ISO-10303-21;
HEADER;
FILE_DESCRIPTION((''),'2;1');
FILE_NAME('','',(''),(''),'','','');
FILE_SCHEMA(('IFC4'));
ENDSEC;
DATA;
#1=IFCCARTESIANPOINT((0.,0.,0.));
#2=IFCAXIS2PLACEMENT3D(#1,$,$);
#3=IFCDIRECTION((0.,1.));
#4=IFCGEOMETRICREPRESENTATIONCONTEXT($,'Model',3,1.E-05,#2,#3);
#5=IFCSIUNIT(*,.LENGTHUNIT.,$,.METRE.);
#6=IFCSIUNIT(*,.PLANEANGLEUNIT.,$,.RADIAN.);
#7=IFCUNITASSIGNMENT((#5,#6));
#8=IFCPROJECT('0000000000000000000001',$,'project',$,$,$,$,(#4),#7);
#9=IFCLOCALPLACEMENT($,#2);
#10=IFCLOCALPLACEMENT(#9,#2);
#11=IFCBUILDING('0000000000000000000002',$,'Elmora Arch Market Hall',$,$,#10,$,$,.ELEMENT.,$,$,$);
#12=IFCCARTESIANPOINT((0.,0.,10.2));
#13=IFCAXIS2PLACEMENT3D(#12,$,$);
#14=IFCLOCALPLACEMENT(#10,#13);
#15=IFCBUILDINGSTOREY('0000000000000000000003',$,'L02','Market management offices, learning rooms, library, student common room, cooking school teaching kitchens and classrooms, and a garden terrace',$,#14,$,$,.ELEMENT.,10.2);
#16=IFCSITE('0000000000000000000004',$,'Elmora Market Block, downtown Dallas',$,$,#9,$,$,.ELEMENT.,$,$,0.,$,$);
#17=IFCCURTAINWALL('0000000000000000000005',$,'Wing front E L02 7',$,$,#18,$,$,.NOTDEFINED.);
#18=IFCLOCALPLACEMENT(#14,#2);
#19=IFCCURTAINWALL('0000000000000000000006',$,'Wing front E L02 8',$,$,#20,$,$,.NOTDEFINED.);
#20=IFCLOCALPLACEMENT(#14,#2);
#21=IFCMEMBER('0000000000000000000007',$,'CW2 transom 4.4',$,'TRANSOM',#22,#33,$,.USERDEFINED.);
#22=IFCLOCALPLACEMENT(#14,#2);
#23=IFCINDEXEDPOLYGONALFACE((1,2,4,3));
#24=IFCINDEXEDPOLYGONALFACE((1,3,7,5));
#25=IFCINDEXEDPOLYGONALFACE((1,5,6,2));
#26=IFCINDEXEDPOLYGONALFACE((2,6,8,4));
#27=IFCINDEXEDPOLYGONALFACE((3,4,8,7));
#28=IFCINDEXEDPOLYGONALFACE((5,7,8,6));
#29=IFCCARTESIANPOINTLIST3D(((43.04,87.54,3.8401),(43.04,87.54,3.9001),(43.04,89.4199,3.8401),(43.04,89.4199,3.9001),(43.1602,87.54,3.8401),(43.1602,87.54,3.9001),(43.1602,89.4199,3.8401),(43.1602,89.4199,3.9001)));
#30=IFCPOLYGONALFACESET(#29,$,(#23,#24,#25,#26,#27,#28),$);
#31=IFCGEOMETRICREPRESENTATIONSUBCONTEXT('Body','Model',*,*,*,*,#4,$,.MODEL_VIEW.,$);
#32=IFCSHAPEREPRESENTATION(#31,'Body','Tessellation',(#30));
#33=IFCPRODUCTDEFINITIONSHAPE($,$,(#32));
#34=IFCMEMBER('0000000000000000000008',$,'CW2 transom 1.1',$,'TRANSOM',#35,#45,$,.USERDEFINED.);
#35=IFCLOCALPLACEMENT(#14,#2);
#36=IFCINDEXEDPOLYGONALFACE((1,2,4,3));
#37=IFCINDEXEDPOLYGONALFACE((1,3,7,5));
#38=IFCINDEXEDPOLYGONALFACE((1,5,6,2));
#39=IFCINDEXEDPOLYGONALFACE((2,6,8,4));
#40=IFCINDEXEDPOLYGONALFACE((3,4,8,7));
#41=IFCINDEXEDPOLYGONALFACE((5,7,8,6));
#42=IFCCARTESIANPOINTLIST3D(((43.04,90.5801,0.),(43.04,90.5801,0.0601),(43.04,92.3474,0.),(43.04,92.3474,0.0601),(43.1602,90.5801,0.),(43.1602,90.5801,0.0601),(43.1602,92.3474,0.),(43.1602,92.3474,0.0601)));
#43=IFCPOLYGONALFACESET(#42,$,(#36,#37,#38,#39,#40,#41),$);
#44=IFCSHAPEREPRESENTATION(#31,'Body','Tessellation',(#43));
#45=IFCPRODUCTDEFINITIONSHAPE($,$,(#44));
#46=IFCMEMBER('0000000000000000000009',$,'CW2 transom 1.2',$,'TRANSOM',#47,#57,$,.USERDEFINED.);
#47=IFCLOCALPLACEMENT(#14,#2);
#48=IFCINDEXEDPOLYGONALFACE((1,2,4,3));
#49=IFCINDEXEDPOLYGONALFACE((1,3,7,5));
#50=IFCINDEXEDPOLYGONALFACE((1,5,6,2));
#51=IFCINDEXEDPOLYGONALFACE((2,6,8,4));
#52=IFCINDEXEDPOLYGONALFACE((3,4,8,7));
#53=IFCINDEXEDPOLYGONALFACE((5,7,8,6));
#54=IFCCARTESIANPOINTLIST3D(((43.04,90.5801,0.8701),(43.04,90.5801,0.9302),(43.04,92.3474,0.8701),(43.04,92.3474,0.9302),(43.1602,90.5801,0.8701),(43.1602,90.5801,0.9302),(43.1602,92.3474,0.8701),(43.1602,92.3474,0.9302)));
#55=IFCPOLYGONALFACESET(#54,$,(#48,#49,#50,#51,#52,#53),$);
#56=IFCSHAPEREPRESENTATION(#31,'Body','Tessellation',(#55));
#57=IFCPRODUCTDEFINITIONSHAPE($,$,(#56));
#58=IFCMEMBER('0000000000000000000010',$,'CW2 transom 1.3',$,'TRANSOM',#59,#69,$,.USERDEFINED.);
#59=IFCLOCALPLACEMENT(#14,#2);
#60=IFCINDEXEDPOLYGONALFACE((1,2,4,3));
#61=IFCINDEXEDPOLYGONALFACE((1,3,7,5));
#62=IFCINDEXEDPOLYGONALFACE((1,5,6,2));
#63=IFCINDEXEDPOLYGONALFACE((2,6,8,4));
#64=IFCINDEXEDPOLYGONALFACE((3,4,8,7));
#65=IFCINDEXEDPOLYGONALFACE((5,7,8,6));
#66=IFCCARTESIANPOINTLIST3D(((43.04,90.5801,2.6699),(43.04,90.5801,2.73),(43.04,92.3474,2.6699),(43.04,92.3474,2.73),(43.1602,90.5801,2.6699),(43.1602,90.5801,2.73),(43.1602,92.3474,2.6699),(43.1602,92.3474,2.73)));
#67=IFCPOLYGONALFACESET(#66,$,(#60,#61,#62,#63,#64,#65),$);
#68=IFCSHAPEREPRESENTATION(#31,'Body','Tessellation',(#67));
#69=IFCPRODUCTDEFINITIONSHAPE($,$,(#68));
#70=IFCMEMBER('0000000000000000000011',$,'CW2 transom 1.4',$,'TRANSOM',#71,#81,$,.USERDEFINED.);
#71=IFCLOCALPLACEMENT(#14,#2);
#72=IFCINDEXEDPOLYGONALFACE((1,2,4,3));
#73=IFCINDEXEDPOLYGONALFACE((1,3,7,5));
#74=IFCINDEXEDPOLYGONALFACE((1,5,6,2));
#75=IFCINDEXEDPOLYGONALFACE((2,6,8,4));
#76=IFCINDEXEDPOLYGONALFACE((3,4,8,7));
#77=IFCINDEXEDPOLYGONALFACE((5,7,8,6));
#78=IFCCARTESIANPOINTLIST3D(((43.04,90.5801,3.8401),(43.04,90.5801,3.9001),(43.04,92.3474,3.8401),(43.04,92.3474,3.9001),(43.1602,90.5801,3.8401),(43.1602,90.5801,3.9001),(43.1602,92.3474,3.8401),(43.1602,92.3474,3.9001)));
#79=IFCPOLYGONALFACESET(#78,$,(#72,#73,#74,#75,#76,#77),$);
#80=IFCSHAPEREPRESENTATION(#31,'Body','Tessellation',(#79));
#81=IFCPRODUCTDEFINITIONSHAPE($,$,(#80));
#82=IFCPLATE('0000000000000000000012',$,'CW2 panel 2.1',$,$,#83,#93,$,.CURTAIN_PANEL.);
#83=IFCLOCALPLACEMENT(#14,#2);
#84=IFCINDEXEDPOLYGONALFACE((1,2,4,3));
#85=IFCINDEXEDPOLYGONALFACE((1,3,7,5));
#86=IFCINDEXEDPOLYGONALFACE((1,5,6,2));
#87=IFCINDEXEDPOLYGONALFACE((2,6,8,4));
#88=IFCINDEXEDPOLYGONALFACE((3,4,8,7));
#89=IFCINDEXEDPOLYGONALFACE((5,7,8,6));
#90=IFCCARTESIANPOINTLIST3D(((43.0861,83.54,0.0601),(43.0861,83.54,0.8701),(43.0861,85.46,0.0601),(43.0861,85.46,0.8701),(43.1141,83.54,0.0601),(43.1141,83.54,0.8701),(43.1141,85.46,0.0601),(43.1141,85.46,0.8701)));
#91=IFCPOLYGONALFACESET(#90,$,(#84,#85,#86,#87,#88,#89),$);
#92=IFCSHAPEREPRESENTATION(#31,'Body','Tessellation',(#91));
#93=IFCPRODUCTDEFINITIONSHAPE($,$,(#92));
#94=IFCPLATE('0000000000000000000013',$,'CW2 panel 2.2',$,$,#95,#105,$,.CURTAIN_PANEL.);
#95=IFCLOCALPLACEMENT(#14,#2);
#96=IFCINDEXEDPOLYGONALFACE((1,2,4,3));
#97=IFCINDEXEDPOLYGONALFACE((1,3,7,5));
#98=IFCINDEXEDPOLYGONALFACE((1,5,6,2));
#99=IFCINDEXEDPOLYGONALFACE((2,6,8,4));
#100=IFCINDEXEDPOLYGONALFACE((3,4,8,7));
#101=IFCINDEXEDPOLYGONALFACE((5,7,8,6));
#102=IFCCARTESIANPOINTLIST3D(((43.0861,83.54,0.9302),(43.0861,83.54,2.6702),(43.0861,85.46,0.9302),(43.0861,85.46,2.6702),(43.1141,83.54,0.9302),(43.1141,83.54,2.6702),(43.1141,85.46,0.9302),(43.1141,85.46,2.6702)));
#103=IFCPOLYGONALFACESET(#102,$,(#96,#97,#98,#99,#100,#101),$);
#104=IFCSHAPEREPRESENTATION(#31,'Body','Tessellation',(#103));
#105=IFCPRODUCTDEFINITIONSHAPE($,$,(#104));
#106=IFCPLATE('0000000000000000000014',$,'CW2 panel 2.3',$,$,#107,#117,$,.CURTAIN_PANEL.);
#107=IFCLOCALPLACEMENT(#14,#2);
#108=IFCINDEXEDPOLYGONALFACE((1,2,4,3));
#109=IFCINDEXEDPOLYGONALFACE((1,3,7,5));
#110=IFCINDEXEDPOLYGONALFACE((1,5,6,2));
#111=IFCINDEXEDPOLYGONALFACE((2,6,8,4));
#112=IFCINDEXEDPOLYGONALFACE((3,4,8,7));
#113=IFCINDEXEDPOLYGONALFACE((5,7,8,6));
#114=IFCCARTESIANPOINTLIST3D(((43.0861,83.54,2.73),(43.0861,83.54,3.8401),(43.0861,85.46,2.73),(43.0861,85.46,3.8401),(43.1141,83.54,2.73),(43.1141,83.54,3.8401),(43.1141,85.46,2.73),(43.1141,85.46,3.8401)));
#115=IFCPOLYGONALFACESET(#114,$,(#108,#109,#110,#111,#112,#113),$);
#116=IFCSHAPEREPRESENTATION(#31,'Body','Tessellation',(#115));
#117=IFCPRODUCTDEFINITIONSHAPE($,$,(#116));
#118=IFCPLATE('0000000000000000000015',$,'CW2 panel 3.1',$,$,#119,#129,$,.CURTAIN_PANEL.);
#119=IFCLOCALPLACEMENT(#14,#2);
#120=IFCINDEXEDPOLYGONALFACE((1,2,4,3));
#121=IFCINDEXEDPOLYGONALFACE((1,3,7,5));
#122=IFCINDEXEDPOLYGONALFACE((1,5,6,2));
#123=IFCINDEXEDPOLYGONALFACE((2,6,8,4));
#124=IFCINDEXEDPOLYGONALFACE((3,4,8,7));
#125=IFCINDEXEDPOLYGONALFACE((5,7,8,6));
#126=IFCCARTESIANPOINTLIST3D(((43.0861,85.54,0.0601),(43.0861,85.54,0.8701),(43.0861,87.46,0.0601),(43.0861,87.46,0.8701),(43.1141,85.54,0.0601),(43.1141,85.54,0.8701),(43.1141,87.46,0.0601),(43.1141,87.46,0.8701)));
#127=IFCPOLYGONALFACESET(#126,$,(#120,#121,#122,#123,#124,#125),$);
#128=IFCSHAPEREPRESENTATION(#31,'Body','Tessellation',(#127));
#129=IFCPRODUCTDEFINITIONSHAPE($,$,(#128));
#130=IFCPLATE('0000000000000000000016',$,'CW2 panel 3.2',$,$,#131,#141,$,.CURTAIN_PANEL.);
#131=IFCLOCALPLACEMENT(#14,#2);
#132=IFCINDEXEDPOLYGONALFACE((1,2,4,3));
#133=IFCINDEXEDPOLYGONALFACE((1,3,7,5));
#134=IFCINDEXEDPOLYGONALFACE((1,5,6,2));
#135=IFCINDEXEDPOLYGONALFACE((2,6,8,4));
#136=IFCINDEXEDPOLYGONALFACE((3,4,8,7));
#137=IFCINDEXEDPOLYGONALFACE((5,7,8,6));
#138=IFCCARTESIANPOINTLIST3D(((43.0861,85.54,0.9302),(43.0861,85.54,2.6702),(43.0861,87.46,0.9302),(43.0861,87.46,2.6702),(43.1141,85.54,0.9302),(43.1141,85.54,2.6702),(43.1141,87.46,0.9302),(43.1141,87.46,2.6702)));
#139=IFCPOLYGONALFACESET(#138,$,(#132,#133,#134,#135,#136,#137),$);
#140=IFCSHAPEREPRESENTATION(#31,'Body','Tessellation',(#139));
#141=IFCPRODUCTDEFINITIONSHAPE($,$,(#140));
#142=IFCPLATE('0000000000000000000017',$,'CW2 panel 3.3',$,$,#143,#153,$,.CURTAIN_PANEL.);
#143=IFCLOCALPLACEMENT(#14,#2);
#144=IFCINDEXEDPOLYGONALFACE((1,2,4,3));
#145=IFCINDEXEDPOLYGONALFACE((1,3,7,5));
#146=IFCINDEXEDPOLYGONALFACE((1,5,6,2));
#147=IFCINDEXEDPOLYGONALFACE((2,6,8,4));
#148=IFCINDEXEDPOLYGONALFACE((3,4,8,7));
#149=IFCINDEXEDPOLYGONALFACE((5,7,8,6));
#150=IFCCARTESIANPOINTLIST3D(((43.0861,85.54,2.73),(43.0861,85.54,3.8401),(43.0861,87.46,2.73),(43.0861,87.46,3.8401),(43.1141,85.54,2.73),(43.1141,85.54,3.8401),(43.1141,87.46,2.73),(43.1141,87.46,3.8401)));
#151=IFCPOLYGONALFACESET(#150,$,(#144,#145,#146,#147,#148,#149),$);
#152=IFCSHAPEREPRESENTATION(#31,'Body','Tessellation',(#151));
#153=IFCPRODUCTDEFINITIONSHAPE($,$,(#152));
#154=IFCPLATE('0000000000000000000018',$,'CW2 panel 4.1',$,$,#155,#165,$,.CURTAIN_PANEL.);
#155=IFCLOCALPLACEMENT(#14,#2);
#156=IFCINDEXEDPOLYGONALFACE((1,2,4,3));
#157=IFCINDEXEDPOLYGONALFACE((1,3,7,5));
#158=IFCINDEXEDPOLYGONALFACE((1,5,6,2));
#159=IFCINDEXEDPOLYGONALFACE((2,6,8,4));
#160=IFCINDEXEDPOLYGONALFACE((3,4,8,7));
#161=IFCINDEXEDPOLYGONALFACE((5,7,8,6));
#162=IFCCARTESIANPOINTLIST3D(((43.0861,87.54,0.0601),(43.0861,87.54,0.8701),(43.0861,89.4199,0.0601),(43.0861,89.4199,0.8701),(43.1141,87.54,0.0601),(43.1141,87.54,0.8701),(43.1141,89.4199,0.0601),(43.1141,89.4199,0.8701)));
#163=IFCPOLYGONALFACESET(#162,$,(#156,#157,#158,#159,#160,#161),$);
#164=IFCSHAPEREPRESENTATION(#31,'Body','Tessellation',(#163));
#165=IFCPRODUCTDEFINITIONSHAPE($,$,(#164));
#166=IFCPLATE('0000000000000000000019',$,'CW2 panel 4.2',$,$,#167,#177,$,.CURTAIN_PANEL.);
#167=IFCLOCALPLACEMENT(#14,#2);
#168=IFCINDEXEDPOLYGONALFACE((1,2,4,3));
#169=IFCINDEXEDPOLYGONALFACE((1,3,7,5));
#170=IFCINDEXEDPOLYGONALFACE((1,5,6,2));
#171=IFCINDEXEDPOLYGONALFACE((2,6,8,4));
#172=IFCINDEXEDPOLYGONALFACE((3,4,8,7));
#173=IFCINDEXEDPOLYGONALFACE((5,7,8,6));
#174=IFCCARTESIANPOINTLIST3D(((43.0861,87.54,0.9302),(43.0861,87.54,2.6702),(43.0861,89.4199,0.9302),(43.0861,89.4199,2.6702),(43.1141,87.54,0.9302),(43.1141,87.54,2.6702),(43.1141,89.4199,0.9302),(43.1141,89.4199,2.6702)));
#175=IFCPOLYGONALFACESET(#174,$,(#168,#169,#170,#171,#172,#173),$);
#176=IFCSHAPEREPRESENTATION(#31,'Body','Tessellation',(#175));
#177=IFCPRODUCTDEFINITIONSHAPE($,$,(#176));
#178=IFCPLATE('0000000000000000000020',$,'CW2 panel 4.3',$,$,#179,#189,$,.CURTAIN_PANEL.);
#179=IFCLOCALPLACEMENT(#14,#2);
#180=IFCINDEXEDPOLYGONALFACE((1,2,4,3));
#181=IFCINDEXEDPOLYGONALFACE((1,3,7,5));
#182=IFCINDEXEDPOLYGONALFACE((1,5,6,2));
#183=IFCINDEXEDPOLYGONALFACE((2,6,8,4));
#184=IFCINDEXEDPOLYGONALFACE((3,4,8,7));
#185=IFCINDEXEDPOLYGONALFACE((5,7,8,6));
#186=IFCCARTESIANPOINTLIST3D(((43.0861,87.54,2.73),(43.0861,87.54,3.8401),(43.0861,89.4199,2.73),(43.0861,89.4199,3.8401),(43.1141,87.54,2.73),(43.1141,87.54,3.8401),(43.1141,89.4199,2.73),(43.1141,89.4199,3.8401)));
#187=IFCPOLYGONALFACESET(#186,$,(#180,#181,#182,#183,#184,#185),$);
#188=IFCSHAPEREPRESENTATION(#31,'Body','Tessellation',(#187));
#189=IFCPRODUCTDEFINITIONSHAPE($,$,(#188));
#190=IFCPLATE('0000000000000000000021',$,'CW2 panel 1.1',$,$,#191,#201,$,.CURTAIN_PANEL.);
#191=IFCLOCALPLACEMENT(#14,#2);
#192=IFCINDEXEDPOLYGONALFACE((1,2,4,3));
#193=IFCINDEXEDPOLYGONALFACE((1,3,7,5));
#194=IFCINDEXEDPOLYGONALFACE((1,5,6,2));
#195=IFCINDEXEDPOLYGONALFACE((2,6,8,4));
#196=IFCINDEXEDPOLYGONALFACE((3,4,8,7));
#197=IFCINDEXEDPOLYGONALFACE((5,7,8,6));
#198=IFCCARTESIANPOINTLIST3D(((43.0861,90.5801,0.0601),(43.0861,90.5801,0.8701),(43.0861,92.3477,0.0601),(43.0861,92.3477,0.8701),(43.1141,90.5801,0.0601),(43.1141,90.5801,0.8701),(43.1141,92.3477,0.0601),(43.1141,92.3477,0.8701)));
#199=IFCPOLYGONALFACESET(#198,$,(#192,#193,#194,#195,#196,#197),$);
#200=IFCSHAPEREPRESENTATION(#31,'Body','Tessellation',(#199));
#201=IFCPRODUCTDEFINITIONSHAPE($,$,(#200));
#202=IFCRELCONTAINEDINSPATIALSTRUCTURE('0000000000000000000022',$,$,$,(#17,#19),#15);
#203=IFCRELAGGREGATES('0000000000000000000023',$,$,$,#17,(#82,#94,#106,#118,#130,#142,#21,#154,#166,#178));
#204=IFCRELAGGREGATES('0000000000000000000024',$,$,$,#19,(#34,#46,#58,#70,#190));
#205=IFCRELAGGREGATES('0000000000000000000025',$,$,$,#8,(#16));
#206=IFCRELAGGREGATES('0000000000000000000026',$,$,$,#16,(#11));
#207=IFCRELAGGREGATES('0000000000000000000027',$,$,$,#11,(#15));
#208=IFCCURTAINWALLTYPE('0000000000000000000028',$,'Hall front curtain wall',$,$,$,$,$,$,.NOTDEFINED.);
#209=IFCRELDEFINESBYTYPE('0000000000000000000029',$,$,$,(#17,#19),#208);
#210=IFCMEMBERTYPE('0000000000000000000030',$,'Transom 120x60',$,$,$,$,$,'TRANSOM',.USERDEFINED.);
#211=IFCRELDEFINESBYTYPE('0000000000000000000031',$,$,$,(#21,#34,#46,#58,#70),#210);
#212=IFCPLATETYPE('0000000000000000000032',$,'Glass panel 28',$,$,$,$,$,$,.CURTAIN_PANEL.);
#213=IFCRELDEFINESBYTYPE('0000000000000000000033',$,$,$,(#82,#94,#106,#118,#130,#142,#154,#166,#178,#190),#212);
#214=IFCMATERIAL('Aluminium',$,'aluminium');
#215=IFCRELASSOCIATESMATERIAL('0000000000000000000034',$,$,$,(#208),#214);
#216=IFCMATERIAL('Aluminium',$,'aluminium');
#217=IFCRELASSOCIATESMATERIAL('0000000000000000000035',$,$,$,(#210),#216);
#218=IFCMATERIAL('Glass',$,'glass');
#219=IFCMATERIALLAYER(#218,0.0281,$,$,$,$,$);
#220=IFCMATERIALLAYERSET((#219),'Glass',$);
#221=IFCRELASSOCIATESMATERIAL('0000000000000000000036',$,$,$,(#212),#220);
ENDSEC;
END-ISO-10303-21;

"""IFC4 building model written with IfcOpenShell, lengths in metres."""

from ifc_helpers import new_model, si_unit, direction, frame, origin, origin_2d, place, context, subcontext, project, spatial, rectangle, extrude, material, layer, layer_set, material_profile, profile_set, type_object, element, aggregate, save


model = new_model("IFC4")

# Units and contexts
model_context = context("Model", 3, precision=1e-05, world=origin(), true_north=direction((0.0, 1.0)))
body_context = subcontext(model_context, "Body", "Model", "MODEL_VIEW")
ifc_project = project(units=[si_unit("LENGTHUNIT", "METRE"), si_unit("PLANEANGLEUNIT", "RADIAN")], contexts=[model_context])

# Site, building, storey
site_placement = place(None, origin())
site = spatial("IfcSite", under=ifc_project, at=site_placement, Name="Elmora Market Block, downtown Dallas", CompositionType="ELEMENT", RefElevation=0.0)
building_placement = place(site_placement, origin())
building = spatial("IfcBuilding", under=site, at=building_placement, Name="Elmora Arch Market Hall", CompositionType="ELEMENT")
storey_placement = place(building_placement, frame((0.0, 0.0, 10.2)))
storey = spatial("IfcBuildingStorey", under=building, at=storey_placement, Name="L02", Description="Market management offices, learning rooms, library, student common room, cooking school teaching kitchens and classrooms, and a garden terrace", CompositionType="ELEMENT", Elevation=10.2)

# Curtain walls
ifc_material_1 = material(Name="Aluminium", Category="aluminium")
curtain_wall_type = type_object("IfcCurtainWallType", Name="Hall front curtain wall", PredefinedType="NOTDEFINED", material=ifc_material_1)
curtain_wall_1_placement = place(storey_placement, origin())
curtain_wall_1 = element("IfcCurtainWall", 1, at=curtain_wall_1_placement, inside=storey, type_object=curtain_wall_type, Name="Wing front E L02 7", PredefinedType="NOTDEFINED")
curtain_wall_2_placement = place(storey_placement, origin())
curtain_wall_2 = element("IfcCurtainWall", 2, at=curtain_wall_2_placement, inside=storey, type_object=curtain_wall_type, Name="Wing front E L02 8", PredefinedType="NOTDEFINED")

# Members
ifc_material_2 = material(Name="Aluminium", Category="aluminium")
ifc_material_profile_1 = material_profile(ifc_material_2, rectangle(XDim=0.1201, YDim=0.0601, at=origin_2d()), Name="AL 120x60")
ifc_profile_set_1 = profile_set([ifc_material_profile_1], Name="Aluminium")
member_type_1 = type_object("IfcMemberType", Name="Transom 120x60", ElementType="TRANSOM", PredefinedType="USERDEFINED", material=ifc_profile_set_1)
member_1_placement = place(storey_placement, frame((43.1001, 87.54, 3.8701), z_axis=(0.0, 1.0, 0.0), x_axis=(-1.0, 0.0, 0.0)))
member_1 = element("IfcMember", 3, at=member_1_placement, type_object=member_type_1, Name="CW2 transom 4.4", ObjectType="TRANSOM", PredefinedType="USERDEFINED", context=body_context, shape_type="SweptSolid", body=[
    extrude(rectangle(XDim=0.1201, YDim=0.0601, at=origin_2d()), origin(), (0.0, 0.0, 1.0), 1.8799),
])
member_2_placement = place(storey_placement, frame((43.1001, 90.5801, 0.03), z_axis=(0.0, 1.0, 0.0), x_axis=(-1.0, 0.0, 0.0)))
member_2 = element("IfcMember", 4, at=member_2_placement, type_object=member_type_1, Name="CW2 transom 1.1", ObjectType="TRANSOM", PredefinedType="USERDEFINED", context=body_context, shape_type="SweptSolid", body=[
    extrude(rectangle(XDim=0.1201, YDim=0.0601, at=origin_2d()), origin(), (0.0, 0.0, 1.0), 1.7673),
])
member_3_placement = place(storey_placement, frame((43.1001, 90.5801, 0.9001), z_axis=(0.0, 1.0, 0.0), x_axis=(-1.0, 0.0, 0.0)))
member_3 = element("IfcMember", 5, at=member_3_placement, type_object=member_type_1, Name="CW2 transom 1.2", ObjectType="TRANSOM", PredefinedType="USERDEFINED", context=body_context, shape_type="SweptSolid", body=[
    extrude(rectangle(XDim=0.1201, YDim=0.0601, at=origin_2d()), origin(), (0.0, 0.0, 1.0), 1.7673),
])
member_4_placement = place(storey_placement, frame((43.1001, 90.5801, 2.7), z_axis=(0.0, 1.0, 0.0), x_axis=(-1.0, 0.0, 0.0)))
member_4 = element("IfcMember", 6, at=member_4_placement, type_object=member_type_1, Name="CW2 transom 1.3", ObjectType="TRANSOM", PredefinedType="USERDEFINED", context=body_context, shape_type="SweptSolid", body=[
    extrude(rectangle(XDim=0.1201, YDim=0.0601, at=origin_2d()), origin(), (0.0, 0.0, 1.0), 1.7673),
])
member_5_placement = place(storey_placement, frame((43.1001, 90.5801, 3.8701), z_axis=(0.0, 1.0, 0.0), x_axis=(-1.0, 0.0, 0.0)))
member_5 = element("IfcMember", 7, at=member_5_placement, type_object=member_type_1, Name="CW2 transom 1.4", ObjectType="TRANSOM", PredefinedType="USERDEFINED", context=body_context, shape_type="SweptSolid", body=[
    extrude(rectangle(XDim=0.1201, YDim=0.0601, at=origin_2d()), origin(), (0.0, 0.0, 1.0), 1.7673),
])

# Plates
ifc_material_3 = material(Name="Glass", Category="glass")
ifc_layer = layer(ifc_material_3, 0.0281)
ifc_layer_set = layer_set([ifc_layer], Name="Glass")
plate_type = type_object("IfcPlateType", Name="Glass panel 28", PredefinedType="CURTAIN_PANEL", material=ifc_layer_set)
plate_1_placement = place(storey_placement, frame((43.1001, 84.5, 0.0601), z_axis=(0.0, 0.0, 1.0), x_axis=(0.0, 1.0, 0.0)))
plate_1 = element("IfcPlate", 8, at=plate_1_placement, type_object=plate_type, Name="CW2 panel 2.1", PredefinedType="CURTAIN_PANEL", context=body_context, shape_type="SweptSolid", body=[
    extrude(rectangle(XDim=1.9199, YDim=0.0281, at=origin_2d()), origin(), (0.0, 0.0, 1.0), 0.8101),
])
plate_2_placement = place(storey_placement, frame((43.1001, 84.5, 0.9302), z_axis=(0.0, 0.0, 1.0), x_axis=(0.0, 1.0, 0.0)))
plate_2 = element("IfcPlate", 9, at=plate_2_placement, type_object=plate_type, Name="CW2 panel 2.2", PredefinedType="CURTAIN_PANEL", context=body_context, shape_type="SweptSolid", body=[
    extrude(rectangle(XDim=1.9199, YDim=0.0281, at=origin_2d()), origin(), (0.0, 0.0, 1.0), 1.74),
])
plate_3_placement = place(storey_placement, frame((43.1001, 84.5, 2.73), z_axis=(0.0, 0.0, 1.0), x_axis=(0.0, 1.0, 0.0)))
plate_3 = element("IfcPlate", 10, at=plate_3_placement, type_object=plate_type, Name="CW2 panel 2.3", PredefinedType="CURTAIN_PANEL", context=body_context, shape_type="SweptSolid", body=[
    extrude(rectangle(XDim=1.9199, YDim=0.0281, at=origin_2d()), origin(), (0.0, 0.0, 1.0), 1.1101),
])
plate_4_placement = place(storey_placement, frame((43.1001, 86.5, 0.0601), z_axis=(0.0, 0.0, 1.0), x_axis=(0.0, 1.0, 0.0)))
plate_4 = element("IfcPlate", 11, at=plate_4_placement, type_object=plate_type, Name="CW2 panel 3.1", PredefinedType="CURTAIN_PANEL", context=body_context, shape_type="SweptSolid", body=[
    extrude(rectangle(XDim=1.9199, YDim=0.0281, at=origin_2d()), origin(), (0.0, 0.0, 1.0), 0.8101),
])
plate_5_placement = place(storey_placement, frame((43.1001, 86.5, 0.9302), z_axis=(0.0, 0.0, 1.0), x_axis=(0.0, 1.0, 0.0)))
plate_5 = element("IfcPlate", 12, at=plate_5_placement, type_object=plate_type, Name="CW2 panel 3.2", PredefinedType="CURTAIN_PANEL", context=body_context, shape_type="SweptSolid", body=[
    extrude(rectangle(XDim=1.9199, YDim=0.0281, at=origin_2d()), origin(), (0.0, 0.0, 1.0), 1.74),
])
plate_6_placement = place(storey_placement, frame((43.1001, 86.5, 2.73), z_axis=(0.0, 0.0, 1.0), x_axis=(0.0, 1.0, 0.0)))
plate_6 = element("IfcPlate", 13, at=plate_6_placement, type_object=plate_type, Name="CW2 panel 3.3", PredefinedType="CURTAIN_PANEL", context=body_context, shape_type="SweptSolid", body=[
    extrude(rectangle(XDim=1.9199, YDim=0.0281, at=origin_2d()), origin(), (0.0, 0.0, 1.0), 1.1101),
])
plate_7_placement = place(storey_placement, frame((43.1001, 88.48, 0.0601), z_axis=(0.0, 0.0, 1.0), x_axis=(0.0, 1.0, 0.0)))
plate_7 = element("IfcPlate", 14, at=plate_7_placement, type_object=plate_type, Name="CW2 panel 4.1", PredefinedType="CURTAIN_PANEL", context=body_context, shape_type="SweptSolid", body=[
    extrude(rectangle(XDim=1.8799, YDim=0.0281, at=origin_2d()), origin(), (0.0, 0.0, 1.0), 0.8101),
])
plate_8_placement = place(storey_placement, frame((43.1001, 88.48, 0.9302), z_axis=(0.0, 0.0, 1.0), x_axis=(0.0, 1.0, 0.0)))
plate_8 = element("IfcPlate", 15, at=plate_8_placement, type_object=plate_type, Name="CW2 panel 4.2", PredefinedType="CURTAIN_PANEL", context=body_context, shape_type="SweptSolid", body=[
    extrude(rectangle(XDim=1.8799, YDim=0.0281, at=origin_2d()), origin(), (0.0, 0.0, 1.0), 1.74),
])
plate_9_placement = place(storey_placement, frame((43.1001, 88.48, 2.73), z_axis=(0.0, 0.0, 1.0), x_axis=(0.0, 1.0, 0.0)))
plate_9 = element("IfcPlate", 16, at=plate_9_placement, type_object=plate_type, Name="CW2 panel 4.3", PredefinedType="CURTAIN_PANEL", context=body_context, shape_type="SweptSolid", body=[
    extrude(rectangle(XDim=1.8799, YDim=0.0281, at=origin_2d()), origin(), (0.0, 0.0, 1.0), 1.1101),
])
aggregate(curtain_wall_1, [plate_1, plate_2, plate_3, plate_4, plate_5, plate_6, member_1, plate_7, plate_8, plate_9])
plate_10_placement = place(storey_placement, frame((43.1001, 91.4639, 0.0601), z_axis=(0.0, 0.0, 1.0), x_axis=(0.0, 1.0, 0.0)))
plate_10 = element("IfcPlate", 17, at=plate_10_placement, type_object=plate_type, Name="CW2 panel 1.1", PredefinedType="CURTAIN_PANEL", context=body_context, shape_type="SweptSolid", body=[
    extrude(rectangle(XDim=1.7676, YDim=0.0281, at=origin_2d()), origin(), (0.0, 0.0, 1.0), 0.8101),
])
aggregate(curtain_wall_2, [member_2, member_3, member_4, member_5, plate_10])

save(model, "model.ifc")
